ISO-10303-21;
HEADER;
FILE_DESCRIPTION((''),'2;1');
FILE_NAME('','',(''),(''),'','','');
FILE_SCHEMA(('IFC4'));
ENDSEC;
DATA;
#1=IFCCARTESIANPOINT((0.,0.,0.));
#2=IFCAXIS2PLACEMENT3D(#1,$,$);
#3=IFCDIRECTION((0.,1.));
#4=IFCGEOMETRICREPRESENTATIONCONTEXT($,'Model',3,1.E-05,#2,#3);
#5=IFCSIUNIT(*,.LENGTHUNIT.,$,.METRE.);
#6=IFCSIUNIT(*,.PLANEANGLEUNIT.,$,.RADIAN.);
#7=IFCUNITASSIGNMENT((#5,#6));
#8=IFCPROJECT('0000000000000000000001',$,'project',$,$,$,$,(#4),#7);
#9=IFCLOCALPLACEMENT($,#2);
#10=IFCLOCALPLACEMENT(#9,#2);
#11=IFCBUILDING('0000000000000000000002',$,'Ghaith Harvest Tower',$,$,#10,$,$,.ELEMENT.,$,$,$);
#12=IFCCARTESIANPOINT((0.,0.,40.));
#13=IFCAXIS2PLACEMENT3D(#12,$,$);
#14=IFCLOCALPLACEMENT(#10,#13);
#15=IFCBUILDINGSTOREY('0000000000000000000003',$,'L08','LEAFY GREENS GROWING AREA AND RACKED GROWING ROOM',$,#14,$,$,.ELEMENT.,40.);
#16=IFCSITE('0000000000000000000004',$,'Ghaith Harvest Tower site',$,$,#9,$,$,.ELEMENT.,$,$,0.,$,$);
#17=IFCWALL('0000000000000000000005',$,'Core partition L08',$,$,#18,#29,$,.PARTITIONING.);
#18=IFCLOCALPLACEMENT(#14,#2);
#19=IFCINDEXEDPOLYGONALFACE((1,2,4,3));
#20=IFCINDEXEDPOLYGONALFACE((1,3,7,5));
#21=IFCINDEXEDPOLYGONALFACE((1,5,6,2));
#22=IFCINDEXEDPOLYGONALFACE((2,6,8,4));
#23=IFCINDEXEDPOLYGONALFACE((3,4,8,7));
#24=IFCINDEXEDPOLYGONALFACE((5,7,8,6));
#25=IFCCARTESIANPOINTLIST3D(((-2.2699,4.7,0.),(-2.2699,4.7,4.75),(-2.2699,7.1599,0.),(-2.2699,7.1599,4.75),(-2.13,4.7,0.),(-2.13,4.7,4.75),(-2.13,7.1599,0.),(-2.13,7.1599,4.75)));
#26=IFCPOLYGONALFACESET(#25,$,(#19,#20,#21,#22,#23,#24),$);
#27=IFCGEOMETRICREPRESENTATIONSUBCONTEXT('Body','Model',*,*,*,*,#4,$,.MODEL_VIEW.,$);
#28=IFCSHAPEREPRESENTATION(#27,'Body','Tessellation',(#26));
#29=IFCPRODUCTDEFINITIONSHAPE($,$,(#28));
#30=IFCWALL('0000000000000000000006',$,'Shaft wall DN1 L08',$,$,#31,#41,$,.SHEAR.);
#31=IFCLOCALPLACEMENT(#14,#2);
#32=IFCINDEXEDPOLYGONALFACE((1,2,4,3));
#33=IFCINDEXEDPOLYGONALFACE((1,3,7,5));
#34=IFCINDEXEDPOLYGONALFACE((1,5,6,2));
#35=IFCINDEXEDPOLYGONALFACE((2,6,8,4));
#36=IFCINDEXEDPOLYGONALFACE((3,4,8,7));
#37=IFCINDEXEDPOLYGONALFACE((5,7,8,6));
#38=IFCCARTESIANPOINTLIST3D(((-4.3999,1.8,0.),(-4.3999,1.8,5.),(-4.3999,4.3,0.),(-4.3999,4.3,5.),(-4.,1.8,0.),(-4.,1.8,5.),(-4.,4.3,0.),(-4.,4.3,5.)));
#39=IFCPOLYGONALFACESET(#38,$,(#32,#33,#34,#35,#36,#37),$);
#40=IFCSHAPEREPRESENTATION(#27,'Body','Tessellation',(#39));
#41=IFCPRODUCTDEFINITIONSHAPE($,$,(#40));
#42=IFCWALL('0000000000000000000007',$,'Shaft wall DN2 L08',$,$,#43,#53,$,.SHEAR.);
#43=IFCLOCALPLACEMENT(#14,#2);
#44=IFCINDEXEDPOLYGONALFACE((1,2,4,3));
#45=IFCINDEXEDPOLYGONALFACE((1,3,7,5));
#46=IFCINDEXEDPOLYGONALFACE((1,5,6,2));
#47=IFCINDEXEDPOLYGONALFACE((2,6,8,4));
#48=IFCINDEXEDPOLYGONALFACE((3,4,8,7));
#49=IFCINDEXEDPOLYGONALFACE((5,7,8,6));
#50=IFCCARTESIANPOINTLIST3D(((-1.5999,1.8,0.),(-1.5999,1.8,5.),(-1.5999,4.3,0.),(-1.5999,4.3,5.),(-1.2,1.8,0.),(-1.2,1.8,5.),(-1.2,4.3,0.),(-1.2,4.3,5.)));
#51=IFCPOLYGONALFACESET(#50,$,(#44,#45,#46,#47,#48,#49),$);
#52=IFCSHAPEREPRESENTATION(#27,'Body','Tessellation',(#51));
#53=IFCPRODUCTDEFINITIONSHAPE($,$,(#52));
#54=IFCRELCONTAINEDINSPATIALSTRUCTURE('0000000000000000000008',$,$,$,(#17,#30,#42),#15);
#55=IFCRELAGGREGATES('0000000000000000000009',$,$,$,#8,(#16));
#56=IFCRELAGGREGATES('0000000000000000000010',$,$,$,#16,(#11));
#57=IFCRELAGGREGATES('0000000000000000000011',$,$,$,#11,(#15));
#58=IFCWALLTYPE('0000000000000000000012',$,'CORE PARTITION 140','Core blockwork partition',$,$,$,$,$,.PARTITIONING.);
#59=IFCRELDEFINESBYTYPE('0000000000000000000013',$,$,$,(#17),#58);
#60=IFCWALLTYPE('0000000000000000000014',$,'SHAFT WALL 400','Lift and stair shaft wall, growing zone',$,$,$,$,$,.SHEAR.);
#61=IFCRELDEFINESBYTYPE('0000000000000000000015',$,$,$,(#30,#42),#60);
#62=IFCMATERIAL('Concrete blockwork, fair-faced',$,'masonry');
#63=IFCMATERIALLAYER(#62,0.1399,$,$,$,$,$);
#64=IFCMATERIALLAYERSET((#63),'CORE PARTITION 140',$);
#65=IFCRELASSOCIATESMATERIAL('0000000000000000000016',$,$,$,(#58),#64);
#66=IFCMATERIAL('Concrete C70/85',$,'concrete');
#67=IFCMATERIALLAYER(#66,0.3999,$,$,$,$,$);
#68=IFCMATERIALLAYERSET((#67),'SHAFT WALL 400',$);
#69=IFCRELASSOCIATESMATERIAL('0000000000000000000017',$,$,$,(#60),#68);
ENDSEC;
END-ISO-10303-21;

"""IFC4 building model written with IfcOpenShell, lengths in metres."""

from ifc_helpers import new_model, si_unit, direction, frame, frame_2d, origin, place, context, subcontext, project, spatial, rectangle, extrude, material, layer, layer_set, type_object, element, save


model = new_model("IFC4")

# Units and contexts
model_context = context("Model", 3, precision=1e-05, world=origin(), true_north=direction((0.0, 1.0)))
body_context = subcontext(model_context, "Body", "Model", "MODEL_VIEW")
ifc_project = project(units=[si_unit("LENGTHUNIT", "METRE"), si_unit("PLANEANGLEUNIT", "RADIAN")], contexts=[model_context])

# Site, building, storey
site_placement = place(None, origin())
site = spatial("IfcSite", under=ifc_project, at=site_placement, Name="Ghaith Harvest Tower site", CompositionType="ELEMENT", RefElevation=0.0)
building_placement = place(site_placement, origin())
building = spatial("IfcBuilding", under=site, at=building_placement, Name="Ghaith Harvest Tower", CompositionType="ELEMENT")
storey_placement = place(building_placement, frame((0.0, 0.0, 40.0)))
storey = spatial("IfcBuildingStorey", under=building, at=storey_placement, Name="L08", Description="LEAFY GREENS GROWING AREA AND RACKED GROWING ROOM", CompositionType="ELEMENT", Elevation=40.0)

# Walls
ifc_material_1 = material(Name="Concrete blockwork, fair-faced", Category="masonry")
ifc_layer_1 = layer(ifc_material_1, 0.1399)
ifc_layer_set_1 = layer_set([ifc_layer_1], Name="CORE PARTITION 140")
wall_type_1 = type_object("IfcWallType", Name="CORE PARTITION 140", Description="Core blockwork partition", PredefinedType="PARTITIONING", material=ifc_layer_set_1)
wall_placement = place(storey_placement, frame((-2.2, 4.7, 0.0), z_axis=(0.0, 0.0, 1.0), x_axis=(0.0, 1.0, 0.0)))
element("IfcWall", 1, at=wall_placement, inside=storey, type_object=wall_type_1, Name="Core partition L08", PredefinedType="PARTITIONING", context=body_context, shape_type="SweptSolid", body=[
    extrude(rectangle(XDim=2.46, YDim=0.1399, at=frame_2d((1.23, 0.0))), origin(), (0.0, 0.0, 1.0), 4.75),
])
ifc_material_2 = material(Name="Concrete C70/85", Category="concrete")
ifc_layer_2 = layer(ifc_material_2, 0.3999)
ifc_layer_set_2 = layer_set([ifc_layer_2], Name="SHAFT WALL 400")
wall_type_2 = type_object("IfcWallType", Name="SHAFT WALL 400", Description="Lift and stair shaft wall, growing zone", PredefinedType="SHEAR", material=ifc_layer_set_2)
for number, where, z_axis, x_axis, name in (
    (2, (-4.2, 1.8, 0.0), (0.0, 0.0, 1.0), (0.0, 1.0, 0.0), "Shaft wall DN1 L08"),
    (3, (-1.3999, 1.8, 0.0), (0.0, 0.0, 1.0), (0.0, 1.0, 0.0), "Shaft wall DN2 L08"),
):
    element("IfcWall", number, at=place(storey_placement, frame(where, z_axis=z_axis, x_axis=x_axis)), inside=storey, type_object=wall_type_2, Name=name, PredefinedType="SHEAR", context=body_context, shape_type="SweptSolid", body=[
        extrude(rectangle(XDim=2.5, YDim=0.3999, at=frame_2d((1.25, 0.0))), origin(), (0.0, 0.0, 1.0), 5.0),
    ])

save(model, "model.ifc")
